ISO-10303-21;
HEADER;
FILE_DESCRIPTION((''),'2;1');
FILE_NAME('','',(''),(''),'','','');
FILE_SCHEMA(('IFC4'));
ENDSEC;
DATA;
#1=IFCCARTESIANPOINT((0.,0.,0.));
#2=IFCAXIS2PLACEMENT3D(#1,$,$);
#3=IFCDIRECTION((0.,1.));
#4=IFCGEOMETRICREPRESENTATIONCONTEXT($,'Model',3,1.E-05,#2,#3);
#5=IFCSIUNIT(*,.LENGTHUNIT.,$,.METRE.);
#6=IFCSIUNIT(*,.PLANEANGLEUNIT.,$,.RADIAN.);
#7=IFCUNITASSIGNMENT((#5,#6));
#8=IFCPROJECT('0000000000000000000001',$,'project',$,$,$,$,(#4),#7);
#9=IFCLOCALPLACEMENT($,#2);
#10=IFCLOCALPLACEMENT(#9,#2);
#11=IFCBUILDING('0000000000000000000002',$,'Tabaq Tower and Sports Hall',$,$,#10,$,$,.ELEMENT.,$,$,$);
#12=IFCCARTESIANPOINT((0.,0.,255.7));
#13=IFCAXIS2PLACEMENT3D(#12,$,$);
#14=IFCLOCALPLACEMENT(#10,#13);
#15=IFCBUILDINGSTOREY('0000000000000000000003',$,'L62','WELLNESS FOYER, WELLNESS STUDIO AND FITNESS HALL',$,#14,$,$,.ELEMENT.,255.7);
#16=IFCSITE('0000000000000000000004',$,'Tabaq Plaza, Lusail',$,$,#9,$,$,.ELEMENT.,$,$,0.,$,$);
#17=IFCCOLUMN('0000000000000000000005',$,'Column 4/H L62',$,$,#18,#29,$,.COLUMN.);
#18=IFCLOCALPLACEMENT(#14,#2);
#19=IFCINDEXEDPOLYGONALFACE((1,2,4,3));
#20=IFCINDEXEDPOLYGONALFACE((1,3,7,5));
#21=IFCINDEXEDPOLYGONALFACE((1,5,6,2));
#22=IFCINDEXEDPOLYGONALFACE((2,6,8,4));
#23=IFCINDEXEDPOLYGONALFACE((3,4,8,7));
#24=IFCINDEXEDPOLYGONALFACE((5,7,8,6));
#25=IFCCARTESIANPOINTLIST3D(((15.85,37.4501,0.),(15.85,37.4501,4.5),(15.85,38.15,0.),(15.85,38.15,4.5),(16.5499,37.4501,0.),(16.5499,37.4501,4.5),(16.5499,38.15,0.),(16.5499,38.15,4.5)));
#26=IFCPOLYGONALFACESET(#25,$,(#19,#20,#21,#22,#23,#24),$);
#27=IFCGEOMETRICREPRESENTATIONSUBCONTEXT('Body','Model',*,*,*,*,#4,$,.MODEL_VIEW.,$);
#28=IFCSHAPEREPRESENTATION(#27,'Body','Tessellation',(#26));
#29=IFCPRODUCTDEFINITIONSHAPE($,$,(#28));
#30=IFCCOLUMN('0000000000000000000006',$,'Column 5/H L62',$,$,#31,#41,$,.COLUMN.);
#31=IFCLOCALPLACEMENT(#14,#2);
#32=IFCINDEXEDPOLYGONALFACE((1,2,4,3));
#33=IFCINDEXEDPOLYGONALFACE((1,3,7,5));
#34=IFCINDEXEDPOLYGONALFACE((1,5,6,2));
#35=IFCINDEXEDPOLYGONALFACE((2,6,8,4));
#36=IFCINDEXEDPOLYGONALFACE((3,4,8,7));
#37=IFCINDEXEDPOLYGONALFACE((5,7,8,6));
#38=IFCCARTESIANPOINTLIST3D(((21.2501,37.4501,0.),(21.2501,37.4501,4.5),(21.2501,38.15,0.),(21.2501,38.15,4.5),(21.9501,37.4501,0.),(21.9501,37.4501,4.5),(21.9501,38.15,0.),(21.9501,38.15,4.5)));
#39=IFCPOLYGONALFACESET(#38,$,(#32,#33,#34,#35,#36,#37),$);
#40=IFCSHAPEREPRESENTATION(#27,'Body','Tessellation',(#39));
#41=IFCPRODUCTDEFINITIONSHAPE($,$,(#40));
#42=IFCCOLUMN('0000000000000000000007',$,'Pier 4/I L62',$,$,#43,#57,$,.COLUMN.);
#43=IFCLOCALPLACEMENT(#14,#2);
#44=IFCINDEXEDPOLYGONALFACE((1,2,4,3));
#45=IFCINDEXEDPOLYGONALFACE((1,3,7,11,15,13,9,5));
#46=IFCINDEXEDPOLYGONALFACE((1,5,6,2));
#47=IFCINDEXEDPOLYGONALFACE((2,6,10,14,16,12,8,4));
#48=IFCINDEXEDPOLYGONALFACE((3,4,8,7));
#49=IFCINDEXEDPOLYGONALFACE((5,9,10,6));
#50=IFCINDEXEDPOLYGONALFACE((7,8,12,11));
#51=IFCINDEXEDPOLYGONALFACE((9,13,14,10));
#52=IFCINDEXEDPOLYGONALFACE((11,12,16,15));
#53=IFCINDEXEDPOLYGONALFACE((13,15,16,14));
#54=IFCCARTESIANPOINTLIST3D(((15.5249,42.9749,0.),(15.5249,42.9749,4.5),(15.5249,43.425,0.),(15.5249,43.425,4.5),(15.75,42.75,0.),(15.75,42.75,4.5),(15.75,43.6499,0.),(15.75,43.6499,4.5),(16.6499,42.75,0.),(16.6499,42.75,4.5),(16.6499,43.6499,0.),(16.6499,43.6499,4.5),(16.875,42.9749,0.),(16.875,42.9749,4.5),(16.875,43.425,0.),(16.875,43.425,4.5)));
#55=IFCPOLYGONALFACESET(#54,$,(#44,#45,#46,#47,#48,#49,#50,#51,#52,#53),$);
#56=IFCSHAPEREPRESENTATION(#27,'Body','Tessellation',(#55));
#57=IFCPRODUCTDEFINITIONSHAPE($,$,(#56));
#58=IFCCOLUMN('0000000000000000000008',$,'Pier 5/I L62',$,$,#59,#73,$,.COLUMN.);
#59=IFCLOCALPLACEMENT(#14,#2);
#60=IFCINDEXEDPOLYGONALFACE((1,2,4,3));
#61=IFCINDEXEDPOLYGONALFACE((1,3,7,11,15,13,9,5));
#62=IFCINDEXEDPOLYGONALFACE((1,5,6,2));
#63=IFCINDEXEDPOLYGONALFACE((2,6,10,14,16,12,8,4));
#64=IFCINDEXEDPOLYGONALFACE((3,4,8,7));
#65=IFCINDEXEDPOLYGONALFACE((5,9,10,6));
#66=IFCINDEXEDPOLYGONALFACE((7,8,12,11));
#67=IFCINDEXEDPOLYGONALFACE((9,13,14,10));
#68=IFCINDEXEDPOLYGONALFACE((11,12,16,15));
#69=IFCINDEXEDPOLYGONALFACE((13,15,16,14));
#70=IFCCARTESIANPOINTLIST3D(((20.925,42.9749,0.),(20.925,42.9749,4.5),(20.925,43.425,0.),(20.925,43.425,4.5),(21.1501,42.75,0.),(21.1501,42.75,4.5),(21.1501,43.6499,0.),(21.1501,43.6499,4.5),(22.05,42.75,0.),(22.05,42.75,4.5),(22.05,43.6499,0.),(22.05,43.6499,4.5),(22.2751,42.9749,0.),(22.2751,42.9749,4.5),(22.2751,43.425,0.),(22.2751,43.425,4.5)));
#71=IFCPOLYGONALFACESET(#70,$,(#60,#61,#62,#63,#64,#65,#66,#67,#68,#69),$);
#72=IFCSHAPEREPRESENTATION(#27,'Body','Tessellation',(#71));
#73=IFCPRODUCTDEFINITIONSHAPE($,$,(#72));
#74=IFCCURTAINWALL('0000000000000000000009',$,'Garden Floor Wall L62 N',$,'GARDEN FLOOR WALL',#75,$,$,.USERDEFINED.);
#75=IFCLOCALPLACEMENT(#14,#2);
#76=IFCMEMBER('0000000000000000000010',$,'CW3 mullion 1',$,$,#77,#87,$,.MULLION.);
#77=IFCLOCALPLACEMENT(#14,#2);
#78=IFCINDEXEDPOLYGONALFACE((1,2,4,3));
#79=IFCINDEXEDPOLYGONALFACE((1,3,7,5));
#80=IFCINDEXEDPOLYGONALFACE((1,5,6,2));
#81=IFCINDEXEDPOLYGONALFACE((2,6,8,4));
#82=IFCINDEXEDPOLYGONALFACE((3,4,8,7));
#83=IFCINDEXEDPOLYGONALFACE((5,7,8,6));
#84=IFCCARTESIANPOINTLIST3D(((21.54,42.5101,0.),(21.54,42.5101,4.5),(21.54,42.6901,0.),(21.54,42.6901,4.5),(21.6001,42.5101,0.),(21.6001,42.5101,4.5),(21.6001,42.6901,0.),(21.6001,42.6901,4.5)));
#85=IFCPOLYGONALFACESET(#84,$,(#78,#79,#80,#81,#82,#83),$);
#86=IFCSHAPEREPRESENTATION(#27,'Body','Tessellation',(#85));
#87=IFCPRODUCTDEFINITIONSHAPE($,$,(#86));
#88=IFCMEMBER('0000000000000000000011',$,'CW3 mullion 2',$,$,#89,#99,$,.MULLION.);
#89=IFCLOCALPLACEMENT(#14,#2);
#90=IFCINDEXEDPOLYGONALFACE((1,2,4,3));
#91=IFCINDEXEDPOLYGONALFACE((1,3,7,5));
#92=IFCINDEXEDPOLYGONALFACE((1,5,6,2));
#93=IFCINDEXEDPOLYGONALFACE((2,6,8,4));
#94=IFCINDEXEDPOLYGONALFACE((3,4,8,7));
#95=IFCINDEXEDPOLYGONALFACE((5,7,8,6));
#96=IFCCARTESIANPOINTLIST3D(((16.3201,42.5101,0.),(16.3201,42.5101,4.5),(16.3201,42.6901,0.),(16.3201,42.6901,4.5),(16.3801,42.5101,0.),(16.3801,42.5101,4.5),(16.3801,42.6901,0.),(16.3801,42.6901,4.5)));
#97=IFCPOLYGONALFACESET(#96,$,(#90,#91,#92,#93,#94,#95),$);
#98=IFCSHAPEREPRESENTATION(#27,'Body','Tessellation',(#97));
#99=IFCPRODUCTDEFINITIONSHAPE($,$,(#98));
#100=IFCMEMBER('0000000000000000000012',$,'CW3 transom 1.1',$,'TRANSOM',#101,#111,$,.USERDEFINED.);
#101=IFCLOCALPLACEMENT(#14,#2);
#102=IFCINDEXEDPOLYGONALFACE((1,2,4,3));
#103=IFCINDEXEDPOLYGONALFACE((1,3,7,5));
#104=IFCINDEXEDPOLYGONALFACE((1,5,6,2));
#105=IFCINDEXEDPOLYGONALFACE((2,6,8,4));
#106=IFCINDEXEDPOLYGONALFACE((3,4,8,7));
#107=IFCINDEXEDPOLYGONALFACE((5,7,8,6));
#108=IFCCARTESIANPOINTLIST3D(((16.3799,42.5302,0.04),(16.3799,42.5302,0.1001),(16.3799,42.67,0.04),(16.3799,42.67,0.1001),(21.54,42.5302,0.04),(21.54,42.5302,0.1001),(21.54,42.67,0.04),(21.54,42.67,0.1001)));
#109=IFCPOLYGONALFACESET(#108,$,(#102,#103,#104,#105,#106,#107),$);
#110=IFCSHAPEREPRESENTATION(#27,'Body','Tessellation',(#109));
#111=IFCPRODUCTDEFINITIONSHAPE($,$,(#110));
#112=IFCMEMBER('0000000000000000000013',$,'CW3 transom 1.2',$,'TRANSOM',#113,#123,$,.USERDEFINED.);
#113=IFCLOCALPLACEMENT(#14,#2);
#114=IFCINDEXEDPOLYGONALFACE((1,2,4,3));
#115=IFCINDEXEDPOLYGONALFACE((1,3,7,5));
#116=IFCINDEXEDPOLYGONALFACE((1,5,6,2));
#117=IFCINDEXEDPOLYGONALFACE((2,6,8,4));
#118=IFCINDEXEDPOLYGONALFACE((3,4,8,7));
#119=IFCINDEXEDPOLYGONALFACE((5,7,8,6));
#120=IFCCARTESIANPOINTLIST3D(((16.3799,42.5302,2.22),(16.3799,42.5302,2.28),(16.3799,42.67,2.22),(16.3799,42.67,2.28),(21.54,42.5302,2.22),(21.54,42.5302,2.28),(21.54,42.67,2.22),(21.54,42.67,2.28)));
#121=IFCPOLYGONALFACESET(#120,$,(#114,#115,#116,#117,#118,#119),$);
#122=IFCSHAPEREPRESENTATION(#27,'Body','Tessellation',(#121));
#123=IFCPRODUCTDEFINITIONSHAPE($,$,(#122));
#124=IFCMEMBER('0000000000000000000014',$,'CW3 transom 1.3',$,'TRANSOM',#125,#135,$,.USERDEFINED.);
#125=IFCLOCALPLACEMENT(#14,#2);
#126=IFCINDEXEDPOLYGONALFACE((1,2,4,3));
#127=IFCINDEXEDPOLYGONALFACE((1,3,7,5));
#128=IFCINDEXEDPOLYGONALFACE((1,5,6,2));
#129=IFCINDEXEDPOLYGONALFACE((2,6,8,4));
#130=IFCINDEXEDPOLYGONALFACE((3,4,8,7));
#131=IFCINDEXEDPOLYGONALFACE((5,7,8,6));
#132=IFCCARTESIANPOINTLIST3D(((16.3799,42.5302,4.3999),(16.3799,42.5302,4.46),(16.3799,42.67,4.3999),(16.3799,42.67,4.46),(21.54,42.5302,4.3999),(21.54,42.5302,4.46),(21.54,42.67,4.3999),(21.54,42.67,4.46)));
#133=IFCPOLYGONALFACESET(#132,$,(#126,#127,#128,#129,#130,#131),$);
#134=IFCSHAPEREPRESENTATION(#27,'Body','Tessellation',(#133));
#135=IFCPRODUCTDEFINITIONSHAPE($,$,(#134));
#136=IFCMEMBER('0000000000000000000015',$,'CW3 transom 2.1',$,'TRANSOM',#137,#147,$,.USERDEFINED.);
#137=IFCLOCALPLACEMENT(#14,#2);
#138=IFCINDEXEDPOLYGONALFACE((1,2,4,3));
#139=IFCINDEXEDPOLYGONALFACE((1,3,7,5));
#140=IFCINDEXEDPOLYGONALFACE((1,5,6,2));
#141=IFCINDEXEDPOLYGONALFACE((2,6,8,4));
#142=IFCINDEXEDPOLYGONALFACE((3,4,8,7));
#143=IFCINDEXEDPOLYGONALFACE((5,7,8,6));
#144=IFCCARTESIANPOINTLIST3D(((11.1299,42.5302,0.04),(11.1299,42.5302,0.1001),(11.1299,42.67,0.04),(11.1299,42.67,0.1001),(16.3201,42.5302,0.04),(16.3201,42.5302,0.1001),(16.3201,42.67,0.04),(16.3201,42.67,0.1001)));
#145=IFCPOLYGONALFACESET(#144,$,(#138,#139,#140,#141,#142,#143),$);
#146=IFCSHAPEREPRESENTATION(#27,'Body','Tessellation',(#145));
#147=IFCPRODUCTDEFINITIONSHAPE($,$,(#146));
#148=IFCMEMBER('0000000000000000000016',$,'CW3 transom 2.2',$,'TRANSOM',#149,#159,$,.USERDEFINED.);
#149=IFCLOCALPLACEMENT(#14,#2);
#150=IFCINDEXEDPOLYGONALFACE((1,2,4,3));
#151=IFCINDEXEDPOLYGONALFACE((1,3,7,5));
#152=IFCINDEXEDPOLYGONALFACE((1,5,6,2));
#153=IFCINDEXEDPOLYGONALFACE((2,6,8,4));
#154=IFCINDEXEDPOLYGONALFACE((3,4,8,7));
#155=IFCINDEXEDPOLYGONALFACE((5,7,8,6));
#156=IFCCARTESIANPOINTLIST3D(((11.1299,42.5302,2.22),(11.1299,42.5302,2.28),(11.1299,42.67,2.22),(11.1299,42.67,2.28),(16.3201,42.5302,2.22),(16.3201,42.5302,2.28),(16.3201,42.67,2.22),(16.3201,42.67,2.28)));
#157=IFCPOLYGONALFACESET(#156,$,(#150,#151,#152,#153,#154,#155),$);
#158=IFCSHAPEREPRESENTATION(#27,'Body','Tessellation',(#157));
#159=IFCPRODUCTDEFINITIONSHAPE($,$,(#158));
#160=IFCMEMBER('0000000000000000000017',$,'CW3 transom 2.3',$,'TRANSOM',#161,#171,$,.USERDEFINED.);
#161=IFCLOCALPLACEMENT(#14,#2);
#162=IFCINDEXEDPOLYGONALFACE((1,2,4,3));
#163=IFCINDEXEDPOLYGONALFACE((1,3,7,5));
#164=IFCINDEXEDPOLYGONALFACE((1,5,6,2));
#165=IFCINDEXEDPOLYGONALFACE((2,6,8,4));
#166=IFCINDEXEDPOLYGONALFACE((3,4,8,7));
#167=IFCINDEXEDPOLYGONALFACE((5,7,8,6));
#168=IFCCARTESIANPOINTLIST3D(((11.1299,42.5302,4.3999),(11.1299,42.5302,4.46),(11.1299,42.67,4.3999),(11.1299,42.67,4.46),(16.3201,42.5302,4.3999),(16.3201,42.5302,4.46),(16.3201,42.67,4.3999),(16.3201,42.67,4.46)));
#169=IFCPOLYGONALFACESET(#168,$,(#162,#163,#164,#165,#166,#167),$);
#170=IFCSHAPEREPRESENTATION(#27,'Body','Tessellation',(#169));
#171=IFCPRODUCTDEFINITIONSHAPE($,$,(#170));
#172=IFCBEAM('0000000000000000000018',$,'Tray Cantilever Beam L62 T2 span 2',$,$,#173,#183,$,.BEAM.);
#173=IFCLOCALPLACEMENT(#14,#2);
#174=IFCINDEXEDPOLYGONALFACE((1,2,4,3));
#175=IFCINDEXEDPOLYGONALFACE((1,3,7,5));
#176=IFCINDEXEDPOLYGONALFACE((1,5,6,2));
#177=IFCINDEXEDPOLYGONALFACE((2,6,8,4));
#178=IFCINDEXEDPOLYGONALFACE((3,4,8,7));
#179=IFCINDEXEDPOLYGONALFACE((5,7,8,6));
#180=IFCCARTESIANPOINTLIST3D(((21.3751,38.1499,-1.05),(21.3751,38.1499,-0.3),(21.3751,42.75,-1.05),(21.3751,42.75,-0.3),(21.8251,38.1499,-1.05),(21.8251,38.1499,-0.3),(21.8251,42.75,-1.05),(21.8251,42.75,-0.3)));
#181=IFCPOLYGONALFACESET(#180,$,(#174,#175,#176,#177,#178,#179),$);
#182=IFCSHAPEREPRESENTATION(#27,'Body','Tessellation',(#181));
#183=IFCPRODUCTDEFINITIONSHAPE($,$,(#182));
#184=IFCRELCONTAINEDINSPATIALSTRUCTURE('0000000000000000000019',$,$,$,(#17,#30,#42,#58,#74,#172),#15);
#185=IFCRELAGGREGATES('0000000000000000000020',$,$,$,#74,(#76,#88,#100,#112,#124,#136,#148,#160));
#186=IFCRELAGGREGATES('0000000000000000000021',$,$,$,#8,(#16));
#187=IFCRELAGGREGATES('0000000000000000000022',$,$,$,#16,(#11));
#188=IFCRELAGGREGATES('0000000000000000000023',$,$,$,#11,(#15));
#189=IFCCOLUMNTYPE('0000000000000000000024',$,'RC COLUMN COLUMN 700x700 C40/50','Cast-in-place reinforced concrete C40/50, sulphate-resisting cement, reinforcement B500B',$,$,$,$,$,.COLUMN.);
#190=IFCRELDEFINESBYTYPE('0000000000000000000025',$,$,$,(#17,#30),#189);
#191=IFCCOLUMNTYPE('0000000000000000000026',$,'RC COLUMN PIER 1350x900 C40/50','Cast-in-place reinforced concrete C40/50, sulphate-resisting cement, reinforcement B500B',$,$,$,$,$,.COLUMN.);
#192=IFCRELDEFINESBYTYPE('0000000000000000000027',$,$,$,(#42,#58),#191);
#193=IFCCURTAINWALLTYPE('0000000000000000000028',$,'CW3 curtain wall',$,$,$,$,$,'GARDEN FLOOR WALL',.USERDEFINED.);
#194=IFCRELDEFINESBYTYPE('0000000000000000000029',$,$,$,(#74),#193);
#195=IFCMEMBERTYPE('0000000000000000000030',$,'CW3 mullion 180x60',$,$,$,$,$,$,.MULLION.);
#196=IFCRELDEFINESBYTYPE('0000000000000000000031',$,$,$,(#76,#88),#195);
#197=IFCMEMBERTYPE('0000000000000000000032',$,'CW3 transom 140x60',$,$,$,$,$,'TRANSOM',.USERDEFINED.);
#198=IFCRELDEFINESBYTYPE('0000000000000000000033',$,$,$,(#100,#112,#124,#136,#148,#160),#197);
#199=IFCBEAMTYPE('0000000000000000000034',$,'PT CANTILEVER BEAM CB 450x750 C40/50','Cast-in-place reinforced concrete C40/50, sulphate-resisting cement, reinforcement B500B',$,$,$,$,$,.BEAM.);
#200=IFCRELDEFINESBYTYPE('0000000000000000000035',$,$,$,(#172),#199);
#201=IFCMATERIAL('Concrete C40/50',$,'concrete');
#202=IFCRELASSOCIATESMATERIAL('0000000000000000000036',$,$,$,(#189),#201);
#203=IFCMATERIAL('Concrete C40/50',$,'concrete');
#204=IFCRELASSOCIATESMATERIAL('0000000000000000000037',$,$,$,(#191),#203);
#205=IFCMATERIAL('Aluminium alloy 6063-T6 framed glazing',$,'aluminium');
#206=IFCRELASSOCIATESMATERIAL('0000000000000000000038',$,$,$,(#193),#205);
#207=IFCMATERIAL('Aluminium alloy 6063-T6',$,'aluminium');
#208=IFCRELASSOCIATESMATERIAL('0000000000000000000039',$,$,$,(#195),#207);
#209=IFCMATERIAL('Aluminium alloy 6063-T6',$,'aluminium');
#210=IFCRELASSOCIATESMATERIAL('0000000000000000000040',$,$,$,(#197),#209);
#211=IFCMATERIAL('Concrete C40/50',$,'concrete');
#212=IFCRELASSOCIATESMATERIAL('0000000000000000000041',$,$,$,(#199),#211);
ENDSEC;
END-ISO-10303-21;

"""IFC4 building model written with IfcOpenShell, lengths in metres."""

from ifc_helpers import new_model, si_unit, direction, frame, origin, origin_2d, place, context, subcontext, project, spatial, polyline, rectangle, outline, extrude, material, material_profile, profile_set, type_object, element, aggregate, save


model = new_model("IFC4")

# Units and contexts
model_context = context("Model", 3, precision=1e-05, world=origin(), true_north=direction((0.0, 1.0)))
body_context = subcontext(model_context, "Body", "Model", "MODEL_VIEW")
ifc_project = project(units=[si_unit("LENGTHUNIT", "METRE"), si_unit("PLANEANGLEUNIT", "RADIAN")], contexts=[model_context])

# Site, building, storey
site_placement = place(None, origin())
site = spatial("IfcSite", under=ifc_project, at=site_placement, Name="Tabaq Plaza, Lusail", CompositionType="ELEMENT", RefElevation=0.0)
building_placement = place(site_placement, origin())
building = spatial("IfcBuilding", under=site, at=building_placement, Name="Tabaq Tower and Sports Hall", CompositionType="ELEMENT")
storey_placement = place(building_placement, frame((0.0, 0.0, 255.7)))
storey = spatial("IfcBuildingStorey", under=building, at=storey_placement, Name="L62", Description="WELLNESS FOYER, WELLNESS STUDIO AND FITNESS HALL", CompositionType="ELEMENT", Elevation=255.7)

# Columns
ifc_material_1 = material(Name="Concrete C40/50", Category="concrete")
ifc_material_profile_1 = material_profile(ifc_material_1, rectangle(XDim=0.7, YDim=0.7, at=origin_2d()), Name="COLUMN 700x700")
ifc_profile_set_1 = profile_set([ifc_material_profile_1], Name="Concrete C40/50")
column_type_1 = type_object("IfcColumnType", Name="RC COLUMN COLUMN 700x700 C40/50", Description="Cast-in-place reinforced concrete C40/50, sulphate-resisting cement, reinforcement B500B", PredefinedType="COLUMN", material=ifc_profile_set_1)
for number, where, z_axis, x_axis, name in (
    (1, (16.2, 37.8, 0.0), (0.0, 0.0, 1.0), (1.0, 0.0, 0.0), "Column 4/H L62"),
    (2, (21.6001, 37.8, 0.0), (0.0, 0.0, 1.0), (1.0, 0.0, 0.0), "Column 5/H L62"),
):
    element("IfcColumn", number, at=place(storey_placement, frame(where, z_axis=z_axis, x_axis=x_axis)), inside=storey, type_object=column_type_1, Name=name, PredefinedType="COLUMN", context=body_context, shape_type="SweptSolid", body=[
        extrude(rectangle(XDim=0.7, YDim=0.7, at=origin_2d()), origin(), (0.0, 0.0, 1.0), 4.5),
    ])
ifc_material_2 = material(Name="Concrete C40/50", Category="concrete")
ifc_material_profile_2 = material_profile(ifc_material_2, outline(polyline([(-0.45, -0.45), (0.45, -0.45), (0.675, -0.2251), (0.675, 0.2251), (0.45, 0.45), (-0.45, 0.45), (-0.675, 0.2251), (-0.675, -0.2251), (-0.45, -0.45)])), Name="PIER 1350x900")
ifc_profile_set_2 = profile_set([ifc_material_profile_2], Name="Concrete C40/50")
column_type_2 = type_object("IfcColumnType", Name="RC COLUMN PIER 1350x900 C40/50", Description="Cast-in-place reinforced concrete C40/50, sulphate-resisting cement, reinforcement B500B", PredefinedType="COLUMN", material=ifc_profile_set_2)
for number, where, z_axis, x_axis, name in (
    (3, (16.2, 43.2, 0.0), (0.0, 0.0, 1.0), (1.0, 0.0, 0.0), "Pier 4/I L62"),
    (4, (21.6001, 43.2, 0.0), (0.0, 0.0, 1.0), (1.0, 0.0, 0.0), "Pier 5/I L62"),
):
    element("IfcColumn", number, at=place(storey_placement, frame(where, z_axis=z_axis, x_axis=x_axis)), inside=storey, type_object=column_type_2, Name=name, PredefinedType="COLUMN", context=body_context, shape_type="SweptSolid", body=[
        extrude(outline(polyline([(-0.45, -0.45), (0.45, -0.45), (0.675, -0.2251), (0.675, 0.2251), (0.45, 0.45), (-0.45, 0.45), (-0.675, 0.2251), (-0.675, -0.2251), (-0.45, -0.45)])), origin(), (0.0, 0.0, 1.0), 4.5),
    ])

# Curtain wall, members
ifc_material_3 = material(Name="Aluminium alloy 6063-T6 framed glazing", Category="aluminium")
curtain_wall_type = type_object("IfcCurtainWallType", Name="CW3 curtain wall", ElementType="GARDEN FLOOR WALL", PredefinedType="USERDEFINED", material=ifc_material_3)
curtain_wall_placement = place(storey_placement, origin())
curtain_wall = element("IfcCurtainWall", 5, at=curtain_wall_placement, inside=storey, type_object=curtain_wall_type, Name="Garden Floor Wall L62 N", ObjectType="GARDEN FLOOR WALL", PredefinedType="USERDEFINED")
ifc_material_4 = material(Name="Aluminium alloy 6063-T6", Category="aluminium")
ifc_material_profile_3 = material_profile(ifc_material_4, rectangle(XDim=0.1799, YDim=0.0601, at=origin_2d()), Name="MULLION 180x60")
ifc_profile_set_3 = profile_set([ifc_material_profile_3], Name="Aluminium alloy 6063-T6")
member_type_1 = type_object("IfcMemberType", Name="CW3 mullion 180x60", PredefinedType="MULLION", material=ifc_profile_set_3)
member_1_placement = place(storey_placement, frame((21.5701, 42.6001, 0.0), z_axis=(0.0, 0.0, 1.0), x_axis=(0.0, -1.0, 0.0)))
member_1 = element("IfcMember", 6, at=member_1_placement, type_object=member_type_1, Name="CW3 mullion 1", PredefinedType="MULLION", context=body_context, shape_type="SweptSolid", body=[
    extrude(rectangle(XDim=0.1799, YDim=0.0601, at=origin_2d()), origin(), (0.0, 0.0, 1.0), 4.5),
])
member_2_placement = place(storey_placement, frame((16.3501, 42.6001, 0.0), z_axis=(0.0, 0.0, 1.0), x_axis=(0.0, -1.0, 0.0)))
member_2 = element("IfcMember", 7, at=member_2_placement, type_object=member_type_1, Name="CW3 mullion 2", PredefinedType="MULLION", context=body_context, shape_type="SweptSolid", body=[
    extrude(rectangle(XDim=0.1799, YDim=0.0601, at=origin_2d()), origin(), (0.0, 0.0, 1.0), 4.5),
])
ifc_material_5 = material(Name="Aluminium alloy 6063-T6", Category="aluminium")
ifc_material_profile_4 = material_profile(ifc_material_5, rectangle(XDim=0.1399, YDim=0.0601, at=origin_2d()), Name="TRANSOM 140x60")
ifc_profile_set_4 = profile_set([ifc_material_profile_4], Name="Aluminium alloy 6063-T6")
member_type_2 = type_object("IfcMemberType", Name="CW3 transom 140x60", ElementType="TRANSOM", PredefinedType="USERDEFINED", material=ifc_profile_set_4)
member_3_placement = place(storey_placement, frame((21.54, 42.6001, 0.0701), z_axis=(-1.0, 0.0, 0.0), x_axis=(0.0, -1.0, 0.0)))
member_3 = element("IfcMember", 8, at=member_3_placement, type_object=member_type_2, Name="CW3 transom 1.1", ObjectType="TRANSOM", PredefinedType="USERDEFINED", context=body_context, shape_type="SweptSolid", body=[
    extrude(rectangle(XDim=0.1399, YDim=0.0601, at=origin_2d()), origin(), (0.0, 0.0, 1.0), 5.1602),
])
member_4_placement = place(storey_placement, frame((21.54, 42.6001, 2.25), z_axis=(-1.0, 0.0, 0.0), x_axis=(0.0, -1.0, 0.0)))
member_4 = element("IfcMember", 9, at=member_4_placement, type_object=member_type_2, Name="CW3 transom 1.2", ObjectType="TRANSOM", PredefinedType="USERDEFINED", context=body_context, shape_type="SweptSolid", body=[
    extrude(rectangle(XDim=0.1399, YDim=0.0601, at=origin_2d()), origin(), (0.0, 0.0, 1.0), 5.1602),
])
member_5_placement = place(storey_placement, frame((21.54, 42.6001, 4.4299), z_axis=(-1.0, 0.0, 0.0), x_axis=(0.0, -1.0, 0.0)))
member_5 = element("IfcMember", 10, at=member_5_placement, type_object=member_type_2, Name="CW3 transom 1.3", ObjectType="TRANSOM", PredefinedType="USERDEFINED", context=body_context, shape_type="SweptSolid", body=[
    extrude(rectangle(XDim=0.1399, YDim=0.0601, at=origin_2d()), origin(), (0.0, 0.0, 1.0), 5.1602),
])
member_6_placement = place(storey_placement, frame((16.3201, 42.6001, 0.0701), z_axis=(-1.0, 0.0, 0.0), x_axis=(0.0, -1.0, 0.0)))
member_6 = element("IfcMember", 11, at=member_6_placement, type_object=member_type_2, Name="CW3 transom 2.1", ObjectType="TRANSOM", PredefinedType="USERDEFINED", context=body_context, shape_type="SweptSolid", body=[
    extrude(rectangle(XDim=0.1399, YDim=0.0601, at=origin_2d()), origin(), (0.0, 0.0, 1.0), 5.1902),
])
member_7_placement = place(storey_placement, frame((16.3201, 42.6001, 2.25), z_axis=(-1.0, 0.0, 0.0), x_axis=(0.0, -1.0, 0.0)))
member_7 = element("IfcMember", 12, at=member_7_placement, type_object=member_type_2, Name="CW3 transom 2.2", ObjectType="TRANSOM", PredefinedType="USERDEFINED", context=body_context, shape_type="SweptSolid", body=[
    extrude(rectangle(XDim=0.1399, YDim=0.0601, at=origin_2d()), origin(), (0.0, 0.0, 1.0), 5.1902),
])
member_8_placement = place(storey_placement, frame((16.3201, 42.6001, 4.4299), z_axis=(-1.0, 0.0, 0.0), x_axis=(0.0, -1.0, 0.0)))
member_8 = element("IfcMember", 13, at=member_8_placement, type_object=member_type_2, Name="CW3 transom 2.3", ObjectType="TRANSOM", PredefinedType="USERDEFINED", context=body_context, shape_type="SweptSolid", body=[
    extrude(rectangle(XDim=0.1399, YDim=0.0601, at=origin_2d()), origin(), (0.0, 0.0, 1.0), 5.1902),
])

# Beam
ifc_material_6 = material(Name="Concrete C40/50", Category="concrete")
ifc_material_profile_5 = material_profile(ifc_material_6, rectangle(XDim=0.45, YDim=0.75, at=origin_2d()), Name="CB 450x750")
ifc_profile_set_5 = profile_set([ifc_material_profile_5], Name="Concrete C40/50")
beam_type = type_object("IfcBeamType", Name="PT CANTILEVER BEAM CB 450x750 C40/50", Description="Cast-in-place reinforced concrete C40/50, sulphate-resisting cement, reinforcement B500B", PredefinedType="BEAM", material=ifc_profile_set_5)
beam_1_placement = place(storey_placement, frame((21.6001, 42.75, -0.675), z_axis=(0.0, -1.0, 0.0), x_axis=(1.0, 0.0, 0.0)))
element("IfcBeam", 14, at=beam_1_placement, inside=storey, type_object=beam_type, Name="Tray Cantilever Beam L62 T2 span 2", PredefinedType="BEAM", context=body_context, shape_type="SweptSolid", body=[
    extrude(rectangle(XDim=0.45, YDim=0.75, at=origin_2d()), origin(), (0.0, 0.0, 1.0), 4.6001),
])

aggregate(curtain_wall, [member_1, member_2, member_3, member_4, member_5, member_6, member_7, member_8])

save(model, "model.ifc")
